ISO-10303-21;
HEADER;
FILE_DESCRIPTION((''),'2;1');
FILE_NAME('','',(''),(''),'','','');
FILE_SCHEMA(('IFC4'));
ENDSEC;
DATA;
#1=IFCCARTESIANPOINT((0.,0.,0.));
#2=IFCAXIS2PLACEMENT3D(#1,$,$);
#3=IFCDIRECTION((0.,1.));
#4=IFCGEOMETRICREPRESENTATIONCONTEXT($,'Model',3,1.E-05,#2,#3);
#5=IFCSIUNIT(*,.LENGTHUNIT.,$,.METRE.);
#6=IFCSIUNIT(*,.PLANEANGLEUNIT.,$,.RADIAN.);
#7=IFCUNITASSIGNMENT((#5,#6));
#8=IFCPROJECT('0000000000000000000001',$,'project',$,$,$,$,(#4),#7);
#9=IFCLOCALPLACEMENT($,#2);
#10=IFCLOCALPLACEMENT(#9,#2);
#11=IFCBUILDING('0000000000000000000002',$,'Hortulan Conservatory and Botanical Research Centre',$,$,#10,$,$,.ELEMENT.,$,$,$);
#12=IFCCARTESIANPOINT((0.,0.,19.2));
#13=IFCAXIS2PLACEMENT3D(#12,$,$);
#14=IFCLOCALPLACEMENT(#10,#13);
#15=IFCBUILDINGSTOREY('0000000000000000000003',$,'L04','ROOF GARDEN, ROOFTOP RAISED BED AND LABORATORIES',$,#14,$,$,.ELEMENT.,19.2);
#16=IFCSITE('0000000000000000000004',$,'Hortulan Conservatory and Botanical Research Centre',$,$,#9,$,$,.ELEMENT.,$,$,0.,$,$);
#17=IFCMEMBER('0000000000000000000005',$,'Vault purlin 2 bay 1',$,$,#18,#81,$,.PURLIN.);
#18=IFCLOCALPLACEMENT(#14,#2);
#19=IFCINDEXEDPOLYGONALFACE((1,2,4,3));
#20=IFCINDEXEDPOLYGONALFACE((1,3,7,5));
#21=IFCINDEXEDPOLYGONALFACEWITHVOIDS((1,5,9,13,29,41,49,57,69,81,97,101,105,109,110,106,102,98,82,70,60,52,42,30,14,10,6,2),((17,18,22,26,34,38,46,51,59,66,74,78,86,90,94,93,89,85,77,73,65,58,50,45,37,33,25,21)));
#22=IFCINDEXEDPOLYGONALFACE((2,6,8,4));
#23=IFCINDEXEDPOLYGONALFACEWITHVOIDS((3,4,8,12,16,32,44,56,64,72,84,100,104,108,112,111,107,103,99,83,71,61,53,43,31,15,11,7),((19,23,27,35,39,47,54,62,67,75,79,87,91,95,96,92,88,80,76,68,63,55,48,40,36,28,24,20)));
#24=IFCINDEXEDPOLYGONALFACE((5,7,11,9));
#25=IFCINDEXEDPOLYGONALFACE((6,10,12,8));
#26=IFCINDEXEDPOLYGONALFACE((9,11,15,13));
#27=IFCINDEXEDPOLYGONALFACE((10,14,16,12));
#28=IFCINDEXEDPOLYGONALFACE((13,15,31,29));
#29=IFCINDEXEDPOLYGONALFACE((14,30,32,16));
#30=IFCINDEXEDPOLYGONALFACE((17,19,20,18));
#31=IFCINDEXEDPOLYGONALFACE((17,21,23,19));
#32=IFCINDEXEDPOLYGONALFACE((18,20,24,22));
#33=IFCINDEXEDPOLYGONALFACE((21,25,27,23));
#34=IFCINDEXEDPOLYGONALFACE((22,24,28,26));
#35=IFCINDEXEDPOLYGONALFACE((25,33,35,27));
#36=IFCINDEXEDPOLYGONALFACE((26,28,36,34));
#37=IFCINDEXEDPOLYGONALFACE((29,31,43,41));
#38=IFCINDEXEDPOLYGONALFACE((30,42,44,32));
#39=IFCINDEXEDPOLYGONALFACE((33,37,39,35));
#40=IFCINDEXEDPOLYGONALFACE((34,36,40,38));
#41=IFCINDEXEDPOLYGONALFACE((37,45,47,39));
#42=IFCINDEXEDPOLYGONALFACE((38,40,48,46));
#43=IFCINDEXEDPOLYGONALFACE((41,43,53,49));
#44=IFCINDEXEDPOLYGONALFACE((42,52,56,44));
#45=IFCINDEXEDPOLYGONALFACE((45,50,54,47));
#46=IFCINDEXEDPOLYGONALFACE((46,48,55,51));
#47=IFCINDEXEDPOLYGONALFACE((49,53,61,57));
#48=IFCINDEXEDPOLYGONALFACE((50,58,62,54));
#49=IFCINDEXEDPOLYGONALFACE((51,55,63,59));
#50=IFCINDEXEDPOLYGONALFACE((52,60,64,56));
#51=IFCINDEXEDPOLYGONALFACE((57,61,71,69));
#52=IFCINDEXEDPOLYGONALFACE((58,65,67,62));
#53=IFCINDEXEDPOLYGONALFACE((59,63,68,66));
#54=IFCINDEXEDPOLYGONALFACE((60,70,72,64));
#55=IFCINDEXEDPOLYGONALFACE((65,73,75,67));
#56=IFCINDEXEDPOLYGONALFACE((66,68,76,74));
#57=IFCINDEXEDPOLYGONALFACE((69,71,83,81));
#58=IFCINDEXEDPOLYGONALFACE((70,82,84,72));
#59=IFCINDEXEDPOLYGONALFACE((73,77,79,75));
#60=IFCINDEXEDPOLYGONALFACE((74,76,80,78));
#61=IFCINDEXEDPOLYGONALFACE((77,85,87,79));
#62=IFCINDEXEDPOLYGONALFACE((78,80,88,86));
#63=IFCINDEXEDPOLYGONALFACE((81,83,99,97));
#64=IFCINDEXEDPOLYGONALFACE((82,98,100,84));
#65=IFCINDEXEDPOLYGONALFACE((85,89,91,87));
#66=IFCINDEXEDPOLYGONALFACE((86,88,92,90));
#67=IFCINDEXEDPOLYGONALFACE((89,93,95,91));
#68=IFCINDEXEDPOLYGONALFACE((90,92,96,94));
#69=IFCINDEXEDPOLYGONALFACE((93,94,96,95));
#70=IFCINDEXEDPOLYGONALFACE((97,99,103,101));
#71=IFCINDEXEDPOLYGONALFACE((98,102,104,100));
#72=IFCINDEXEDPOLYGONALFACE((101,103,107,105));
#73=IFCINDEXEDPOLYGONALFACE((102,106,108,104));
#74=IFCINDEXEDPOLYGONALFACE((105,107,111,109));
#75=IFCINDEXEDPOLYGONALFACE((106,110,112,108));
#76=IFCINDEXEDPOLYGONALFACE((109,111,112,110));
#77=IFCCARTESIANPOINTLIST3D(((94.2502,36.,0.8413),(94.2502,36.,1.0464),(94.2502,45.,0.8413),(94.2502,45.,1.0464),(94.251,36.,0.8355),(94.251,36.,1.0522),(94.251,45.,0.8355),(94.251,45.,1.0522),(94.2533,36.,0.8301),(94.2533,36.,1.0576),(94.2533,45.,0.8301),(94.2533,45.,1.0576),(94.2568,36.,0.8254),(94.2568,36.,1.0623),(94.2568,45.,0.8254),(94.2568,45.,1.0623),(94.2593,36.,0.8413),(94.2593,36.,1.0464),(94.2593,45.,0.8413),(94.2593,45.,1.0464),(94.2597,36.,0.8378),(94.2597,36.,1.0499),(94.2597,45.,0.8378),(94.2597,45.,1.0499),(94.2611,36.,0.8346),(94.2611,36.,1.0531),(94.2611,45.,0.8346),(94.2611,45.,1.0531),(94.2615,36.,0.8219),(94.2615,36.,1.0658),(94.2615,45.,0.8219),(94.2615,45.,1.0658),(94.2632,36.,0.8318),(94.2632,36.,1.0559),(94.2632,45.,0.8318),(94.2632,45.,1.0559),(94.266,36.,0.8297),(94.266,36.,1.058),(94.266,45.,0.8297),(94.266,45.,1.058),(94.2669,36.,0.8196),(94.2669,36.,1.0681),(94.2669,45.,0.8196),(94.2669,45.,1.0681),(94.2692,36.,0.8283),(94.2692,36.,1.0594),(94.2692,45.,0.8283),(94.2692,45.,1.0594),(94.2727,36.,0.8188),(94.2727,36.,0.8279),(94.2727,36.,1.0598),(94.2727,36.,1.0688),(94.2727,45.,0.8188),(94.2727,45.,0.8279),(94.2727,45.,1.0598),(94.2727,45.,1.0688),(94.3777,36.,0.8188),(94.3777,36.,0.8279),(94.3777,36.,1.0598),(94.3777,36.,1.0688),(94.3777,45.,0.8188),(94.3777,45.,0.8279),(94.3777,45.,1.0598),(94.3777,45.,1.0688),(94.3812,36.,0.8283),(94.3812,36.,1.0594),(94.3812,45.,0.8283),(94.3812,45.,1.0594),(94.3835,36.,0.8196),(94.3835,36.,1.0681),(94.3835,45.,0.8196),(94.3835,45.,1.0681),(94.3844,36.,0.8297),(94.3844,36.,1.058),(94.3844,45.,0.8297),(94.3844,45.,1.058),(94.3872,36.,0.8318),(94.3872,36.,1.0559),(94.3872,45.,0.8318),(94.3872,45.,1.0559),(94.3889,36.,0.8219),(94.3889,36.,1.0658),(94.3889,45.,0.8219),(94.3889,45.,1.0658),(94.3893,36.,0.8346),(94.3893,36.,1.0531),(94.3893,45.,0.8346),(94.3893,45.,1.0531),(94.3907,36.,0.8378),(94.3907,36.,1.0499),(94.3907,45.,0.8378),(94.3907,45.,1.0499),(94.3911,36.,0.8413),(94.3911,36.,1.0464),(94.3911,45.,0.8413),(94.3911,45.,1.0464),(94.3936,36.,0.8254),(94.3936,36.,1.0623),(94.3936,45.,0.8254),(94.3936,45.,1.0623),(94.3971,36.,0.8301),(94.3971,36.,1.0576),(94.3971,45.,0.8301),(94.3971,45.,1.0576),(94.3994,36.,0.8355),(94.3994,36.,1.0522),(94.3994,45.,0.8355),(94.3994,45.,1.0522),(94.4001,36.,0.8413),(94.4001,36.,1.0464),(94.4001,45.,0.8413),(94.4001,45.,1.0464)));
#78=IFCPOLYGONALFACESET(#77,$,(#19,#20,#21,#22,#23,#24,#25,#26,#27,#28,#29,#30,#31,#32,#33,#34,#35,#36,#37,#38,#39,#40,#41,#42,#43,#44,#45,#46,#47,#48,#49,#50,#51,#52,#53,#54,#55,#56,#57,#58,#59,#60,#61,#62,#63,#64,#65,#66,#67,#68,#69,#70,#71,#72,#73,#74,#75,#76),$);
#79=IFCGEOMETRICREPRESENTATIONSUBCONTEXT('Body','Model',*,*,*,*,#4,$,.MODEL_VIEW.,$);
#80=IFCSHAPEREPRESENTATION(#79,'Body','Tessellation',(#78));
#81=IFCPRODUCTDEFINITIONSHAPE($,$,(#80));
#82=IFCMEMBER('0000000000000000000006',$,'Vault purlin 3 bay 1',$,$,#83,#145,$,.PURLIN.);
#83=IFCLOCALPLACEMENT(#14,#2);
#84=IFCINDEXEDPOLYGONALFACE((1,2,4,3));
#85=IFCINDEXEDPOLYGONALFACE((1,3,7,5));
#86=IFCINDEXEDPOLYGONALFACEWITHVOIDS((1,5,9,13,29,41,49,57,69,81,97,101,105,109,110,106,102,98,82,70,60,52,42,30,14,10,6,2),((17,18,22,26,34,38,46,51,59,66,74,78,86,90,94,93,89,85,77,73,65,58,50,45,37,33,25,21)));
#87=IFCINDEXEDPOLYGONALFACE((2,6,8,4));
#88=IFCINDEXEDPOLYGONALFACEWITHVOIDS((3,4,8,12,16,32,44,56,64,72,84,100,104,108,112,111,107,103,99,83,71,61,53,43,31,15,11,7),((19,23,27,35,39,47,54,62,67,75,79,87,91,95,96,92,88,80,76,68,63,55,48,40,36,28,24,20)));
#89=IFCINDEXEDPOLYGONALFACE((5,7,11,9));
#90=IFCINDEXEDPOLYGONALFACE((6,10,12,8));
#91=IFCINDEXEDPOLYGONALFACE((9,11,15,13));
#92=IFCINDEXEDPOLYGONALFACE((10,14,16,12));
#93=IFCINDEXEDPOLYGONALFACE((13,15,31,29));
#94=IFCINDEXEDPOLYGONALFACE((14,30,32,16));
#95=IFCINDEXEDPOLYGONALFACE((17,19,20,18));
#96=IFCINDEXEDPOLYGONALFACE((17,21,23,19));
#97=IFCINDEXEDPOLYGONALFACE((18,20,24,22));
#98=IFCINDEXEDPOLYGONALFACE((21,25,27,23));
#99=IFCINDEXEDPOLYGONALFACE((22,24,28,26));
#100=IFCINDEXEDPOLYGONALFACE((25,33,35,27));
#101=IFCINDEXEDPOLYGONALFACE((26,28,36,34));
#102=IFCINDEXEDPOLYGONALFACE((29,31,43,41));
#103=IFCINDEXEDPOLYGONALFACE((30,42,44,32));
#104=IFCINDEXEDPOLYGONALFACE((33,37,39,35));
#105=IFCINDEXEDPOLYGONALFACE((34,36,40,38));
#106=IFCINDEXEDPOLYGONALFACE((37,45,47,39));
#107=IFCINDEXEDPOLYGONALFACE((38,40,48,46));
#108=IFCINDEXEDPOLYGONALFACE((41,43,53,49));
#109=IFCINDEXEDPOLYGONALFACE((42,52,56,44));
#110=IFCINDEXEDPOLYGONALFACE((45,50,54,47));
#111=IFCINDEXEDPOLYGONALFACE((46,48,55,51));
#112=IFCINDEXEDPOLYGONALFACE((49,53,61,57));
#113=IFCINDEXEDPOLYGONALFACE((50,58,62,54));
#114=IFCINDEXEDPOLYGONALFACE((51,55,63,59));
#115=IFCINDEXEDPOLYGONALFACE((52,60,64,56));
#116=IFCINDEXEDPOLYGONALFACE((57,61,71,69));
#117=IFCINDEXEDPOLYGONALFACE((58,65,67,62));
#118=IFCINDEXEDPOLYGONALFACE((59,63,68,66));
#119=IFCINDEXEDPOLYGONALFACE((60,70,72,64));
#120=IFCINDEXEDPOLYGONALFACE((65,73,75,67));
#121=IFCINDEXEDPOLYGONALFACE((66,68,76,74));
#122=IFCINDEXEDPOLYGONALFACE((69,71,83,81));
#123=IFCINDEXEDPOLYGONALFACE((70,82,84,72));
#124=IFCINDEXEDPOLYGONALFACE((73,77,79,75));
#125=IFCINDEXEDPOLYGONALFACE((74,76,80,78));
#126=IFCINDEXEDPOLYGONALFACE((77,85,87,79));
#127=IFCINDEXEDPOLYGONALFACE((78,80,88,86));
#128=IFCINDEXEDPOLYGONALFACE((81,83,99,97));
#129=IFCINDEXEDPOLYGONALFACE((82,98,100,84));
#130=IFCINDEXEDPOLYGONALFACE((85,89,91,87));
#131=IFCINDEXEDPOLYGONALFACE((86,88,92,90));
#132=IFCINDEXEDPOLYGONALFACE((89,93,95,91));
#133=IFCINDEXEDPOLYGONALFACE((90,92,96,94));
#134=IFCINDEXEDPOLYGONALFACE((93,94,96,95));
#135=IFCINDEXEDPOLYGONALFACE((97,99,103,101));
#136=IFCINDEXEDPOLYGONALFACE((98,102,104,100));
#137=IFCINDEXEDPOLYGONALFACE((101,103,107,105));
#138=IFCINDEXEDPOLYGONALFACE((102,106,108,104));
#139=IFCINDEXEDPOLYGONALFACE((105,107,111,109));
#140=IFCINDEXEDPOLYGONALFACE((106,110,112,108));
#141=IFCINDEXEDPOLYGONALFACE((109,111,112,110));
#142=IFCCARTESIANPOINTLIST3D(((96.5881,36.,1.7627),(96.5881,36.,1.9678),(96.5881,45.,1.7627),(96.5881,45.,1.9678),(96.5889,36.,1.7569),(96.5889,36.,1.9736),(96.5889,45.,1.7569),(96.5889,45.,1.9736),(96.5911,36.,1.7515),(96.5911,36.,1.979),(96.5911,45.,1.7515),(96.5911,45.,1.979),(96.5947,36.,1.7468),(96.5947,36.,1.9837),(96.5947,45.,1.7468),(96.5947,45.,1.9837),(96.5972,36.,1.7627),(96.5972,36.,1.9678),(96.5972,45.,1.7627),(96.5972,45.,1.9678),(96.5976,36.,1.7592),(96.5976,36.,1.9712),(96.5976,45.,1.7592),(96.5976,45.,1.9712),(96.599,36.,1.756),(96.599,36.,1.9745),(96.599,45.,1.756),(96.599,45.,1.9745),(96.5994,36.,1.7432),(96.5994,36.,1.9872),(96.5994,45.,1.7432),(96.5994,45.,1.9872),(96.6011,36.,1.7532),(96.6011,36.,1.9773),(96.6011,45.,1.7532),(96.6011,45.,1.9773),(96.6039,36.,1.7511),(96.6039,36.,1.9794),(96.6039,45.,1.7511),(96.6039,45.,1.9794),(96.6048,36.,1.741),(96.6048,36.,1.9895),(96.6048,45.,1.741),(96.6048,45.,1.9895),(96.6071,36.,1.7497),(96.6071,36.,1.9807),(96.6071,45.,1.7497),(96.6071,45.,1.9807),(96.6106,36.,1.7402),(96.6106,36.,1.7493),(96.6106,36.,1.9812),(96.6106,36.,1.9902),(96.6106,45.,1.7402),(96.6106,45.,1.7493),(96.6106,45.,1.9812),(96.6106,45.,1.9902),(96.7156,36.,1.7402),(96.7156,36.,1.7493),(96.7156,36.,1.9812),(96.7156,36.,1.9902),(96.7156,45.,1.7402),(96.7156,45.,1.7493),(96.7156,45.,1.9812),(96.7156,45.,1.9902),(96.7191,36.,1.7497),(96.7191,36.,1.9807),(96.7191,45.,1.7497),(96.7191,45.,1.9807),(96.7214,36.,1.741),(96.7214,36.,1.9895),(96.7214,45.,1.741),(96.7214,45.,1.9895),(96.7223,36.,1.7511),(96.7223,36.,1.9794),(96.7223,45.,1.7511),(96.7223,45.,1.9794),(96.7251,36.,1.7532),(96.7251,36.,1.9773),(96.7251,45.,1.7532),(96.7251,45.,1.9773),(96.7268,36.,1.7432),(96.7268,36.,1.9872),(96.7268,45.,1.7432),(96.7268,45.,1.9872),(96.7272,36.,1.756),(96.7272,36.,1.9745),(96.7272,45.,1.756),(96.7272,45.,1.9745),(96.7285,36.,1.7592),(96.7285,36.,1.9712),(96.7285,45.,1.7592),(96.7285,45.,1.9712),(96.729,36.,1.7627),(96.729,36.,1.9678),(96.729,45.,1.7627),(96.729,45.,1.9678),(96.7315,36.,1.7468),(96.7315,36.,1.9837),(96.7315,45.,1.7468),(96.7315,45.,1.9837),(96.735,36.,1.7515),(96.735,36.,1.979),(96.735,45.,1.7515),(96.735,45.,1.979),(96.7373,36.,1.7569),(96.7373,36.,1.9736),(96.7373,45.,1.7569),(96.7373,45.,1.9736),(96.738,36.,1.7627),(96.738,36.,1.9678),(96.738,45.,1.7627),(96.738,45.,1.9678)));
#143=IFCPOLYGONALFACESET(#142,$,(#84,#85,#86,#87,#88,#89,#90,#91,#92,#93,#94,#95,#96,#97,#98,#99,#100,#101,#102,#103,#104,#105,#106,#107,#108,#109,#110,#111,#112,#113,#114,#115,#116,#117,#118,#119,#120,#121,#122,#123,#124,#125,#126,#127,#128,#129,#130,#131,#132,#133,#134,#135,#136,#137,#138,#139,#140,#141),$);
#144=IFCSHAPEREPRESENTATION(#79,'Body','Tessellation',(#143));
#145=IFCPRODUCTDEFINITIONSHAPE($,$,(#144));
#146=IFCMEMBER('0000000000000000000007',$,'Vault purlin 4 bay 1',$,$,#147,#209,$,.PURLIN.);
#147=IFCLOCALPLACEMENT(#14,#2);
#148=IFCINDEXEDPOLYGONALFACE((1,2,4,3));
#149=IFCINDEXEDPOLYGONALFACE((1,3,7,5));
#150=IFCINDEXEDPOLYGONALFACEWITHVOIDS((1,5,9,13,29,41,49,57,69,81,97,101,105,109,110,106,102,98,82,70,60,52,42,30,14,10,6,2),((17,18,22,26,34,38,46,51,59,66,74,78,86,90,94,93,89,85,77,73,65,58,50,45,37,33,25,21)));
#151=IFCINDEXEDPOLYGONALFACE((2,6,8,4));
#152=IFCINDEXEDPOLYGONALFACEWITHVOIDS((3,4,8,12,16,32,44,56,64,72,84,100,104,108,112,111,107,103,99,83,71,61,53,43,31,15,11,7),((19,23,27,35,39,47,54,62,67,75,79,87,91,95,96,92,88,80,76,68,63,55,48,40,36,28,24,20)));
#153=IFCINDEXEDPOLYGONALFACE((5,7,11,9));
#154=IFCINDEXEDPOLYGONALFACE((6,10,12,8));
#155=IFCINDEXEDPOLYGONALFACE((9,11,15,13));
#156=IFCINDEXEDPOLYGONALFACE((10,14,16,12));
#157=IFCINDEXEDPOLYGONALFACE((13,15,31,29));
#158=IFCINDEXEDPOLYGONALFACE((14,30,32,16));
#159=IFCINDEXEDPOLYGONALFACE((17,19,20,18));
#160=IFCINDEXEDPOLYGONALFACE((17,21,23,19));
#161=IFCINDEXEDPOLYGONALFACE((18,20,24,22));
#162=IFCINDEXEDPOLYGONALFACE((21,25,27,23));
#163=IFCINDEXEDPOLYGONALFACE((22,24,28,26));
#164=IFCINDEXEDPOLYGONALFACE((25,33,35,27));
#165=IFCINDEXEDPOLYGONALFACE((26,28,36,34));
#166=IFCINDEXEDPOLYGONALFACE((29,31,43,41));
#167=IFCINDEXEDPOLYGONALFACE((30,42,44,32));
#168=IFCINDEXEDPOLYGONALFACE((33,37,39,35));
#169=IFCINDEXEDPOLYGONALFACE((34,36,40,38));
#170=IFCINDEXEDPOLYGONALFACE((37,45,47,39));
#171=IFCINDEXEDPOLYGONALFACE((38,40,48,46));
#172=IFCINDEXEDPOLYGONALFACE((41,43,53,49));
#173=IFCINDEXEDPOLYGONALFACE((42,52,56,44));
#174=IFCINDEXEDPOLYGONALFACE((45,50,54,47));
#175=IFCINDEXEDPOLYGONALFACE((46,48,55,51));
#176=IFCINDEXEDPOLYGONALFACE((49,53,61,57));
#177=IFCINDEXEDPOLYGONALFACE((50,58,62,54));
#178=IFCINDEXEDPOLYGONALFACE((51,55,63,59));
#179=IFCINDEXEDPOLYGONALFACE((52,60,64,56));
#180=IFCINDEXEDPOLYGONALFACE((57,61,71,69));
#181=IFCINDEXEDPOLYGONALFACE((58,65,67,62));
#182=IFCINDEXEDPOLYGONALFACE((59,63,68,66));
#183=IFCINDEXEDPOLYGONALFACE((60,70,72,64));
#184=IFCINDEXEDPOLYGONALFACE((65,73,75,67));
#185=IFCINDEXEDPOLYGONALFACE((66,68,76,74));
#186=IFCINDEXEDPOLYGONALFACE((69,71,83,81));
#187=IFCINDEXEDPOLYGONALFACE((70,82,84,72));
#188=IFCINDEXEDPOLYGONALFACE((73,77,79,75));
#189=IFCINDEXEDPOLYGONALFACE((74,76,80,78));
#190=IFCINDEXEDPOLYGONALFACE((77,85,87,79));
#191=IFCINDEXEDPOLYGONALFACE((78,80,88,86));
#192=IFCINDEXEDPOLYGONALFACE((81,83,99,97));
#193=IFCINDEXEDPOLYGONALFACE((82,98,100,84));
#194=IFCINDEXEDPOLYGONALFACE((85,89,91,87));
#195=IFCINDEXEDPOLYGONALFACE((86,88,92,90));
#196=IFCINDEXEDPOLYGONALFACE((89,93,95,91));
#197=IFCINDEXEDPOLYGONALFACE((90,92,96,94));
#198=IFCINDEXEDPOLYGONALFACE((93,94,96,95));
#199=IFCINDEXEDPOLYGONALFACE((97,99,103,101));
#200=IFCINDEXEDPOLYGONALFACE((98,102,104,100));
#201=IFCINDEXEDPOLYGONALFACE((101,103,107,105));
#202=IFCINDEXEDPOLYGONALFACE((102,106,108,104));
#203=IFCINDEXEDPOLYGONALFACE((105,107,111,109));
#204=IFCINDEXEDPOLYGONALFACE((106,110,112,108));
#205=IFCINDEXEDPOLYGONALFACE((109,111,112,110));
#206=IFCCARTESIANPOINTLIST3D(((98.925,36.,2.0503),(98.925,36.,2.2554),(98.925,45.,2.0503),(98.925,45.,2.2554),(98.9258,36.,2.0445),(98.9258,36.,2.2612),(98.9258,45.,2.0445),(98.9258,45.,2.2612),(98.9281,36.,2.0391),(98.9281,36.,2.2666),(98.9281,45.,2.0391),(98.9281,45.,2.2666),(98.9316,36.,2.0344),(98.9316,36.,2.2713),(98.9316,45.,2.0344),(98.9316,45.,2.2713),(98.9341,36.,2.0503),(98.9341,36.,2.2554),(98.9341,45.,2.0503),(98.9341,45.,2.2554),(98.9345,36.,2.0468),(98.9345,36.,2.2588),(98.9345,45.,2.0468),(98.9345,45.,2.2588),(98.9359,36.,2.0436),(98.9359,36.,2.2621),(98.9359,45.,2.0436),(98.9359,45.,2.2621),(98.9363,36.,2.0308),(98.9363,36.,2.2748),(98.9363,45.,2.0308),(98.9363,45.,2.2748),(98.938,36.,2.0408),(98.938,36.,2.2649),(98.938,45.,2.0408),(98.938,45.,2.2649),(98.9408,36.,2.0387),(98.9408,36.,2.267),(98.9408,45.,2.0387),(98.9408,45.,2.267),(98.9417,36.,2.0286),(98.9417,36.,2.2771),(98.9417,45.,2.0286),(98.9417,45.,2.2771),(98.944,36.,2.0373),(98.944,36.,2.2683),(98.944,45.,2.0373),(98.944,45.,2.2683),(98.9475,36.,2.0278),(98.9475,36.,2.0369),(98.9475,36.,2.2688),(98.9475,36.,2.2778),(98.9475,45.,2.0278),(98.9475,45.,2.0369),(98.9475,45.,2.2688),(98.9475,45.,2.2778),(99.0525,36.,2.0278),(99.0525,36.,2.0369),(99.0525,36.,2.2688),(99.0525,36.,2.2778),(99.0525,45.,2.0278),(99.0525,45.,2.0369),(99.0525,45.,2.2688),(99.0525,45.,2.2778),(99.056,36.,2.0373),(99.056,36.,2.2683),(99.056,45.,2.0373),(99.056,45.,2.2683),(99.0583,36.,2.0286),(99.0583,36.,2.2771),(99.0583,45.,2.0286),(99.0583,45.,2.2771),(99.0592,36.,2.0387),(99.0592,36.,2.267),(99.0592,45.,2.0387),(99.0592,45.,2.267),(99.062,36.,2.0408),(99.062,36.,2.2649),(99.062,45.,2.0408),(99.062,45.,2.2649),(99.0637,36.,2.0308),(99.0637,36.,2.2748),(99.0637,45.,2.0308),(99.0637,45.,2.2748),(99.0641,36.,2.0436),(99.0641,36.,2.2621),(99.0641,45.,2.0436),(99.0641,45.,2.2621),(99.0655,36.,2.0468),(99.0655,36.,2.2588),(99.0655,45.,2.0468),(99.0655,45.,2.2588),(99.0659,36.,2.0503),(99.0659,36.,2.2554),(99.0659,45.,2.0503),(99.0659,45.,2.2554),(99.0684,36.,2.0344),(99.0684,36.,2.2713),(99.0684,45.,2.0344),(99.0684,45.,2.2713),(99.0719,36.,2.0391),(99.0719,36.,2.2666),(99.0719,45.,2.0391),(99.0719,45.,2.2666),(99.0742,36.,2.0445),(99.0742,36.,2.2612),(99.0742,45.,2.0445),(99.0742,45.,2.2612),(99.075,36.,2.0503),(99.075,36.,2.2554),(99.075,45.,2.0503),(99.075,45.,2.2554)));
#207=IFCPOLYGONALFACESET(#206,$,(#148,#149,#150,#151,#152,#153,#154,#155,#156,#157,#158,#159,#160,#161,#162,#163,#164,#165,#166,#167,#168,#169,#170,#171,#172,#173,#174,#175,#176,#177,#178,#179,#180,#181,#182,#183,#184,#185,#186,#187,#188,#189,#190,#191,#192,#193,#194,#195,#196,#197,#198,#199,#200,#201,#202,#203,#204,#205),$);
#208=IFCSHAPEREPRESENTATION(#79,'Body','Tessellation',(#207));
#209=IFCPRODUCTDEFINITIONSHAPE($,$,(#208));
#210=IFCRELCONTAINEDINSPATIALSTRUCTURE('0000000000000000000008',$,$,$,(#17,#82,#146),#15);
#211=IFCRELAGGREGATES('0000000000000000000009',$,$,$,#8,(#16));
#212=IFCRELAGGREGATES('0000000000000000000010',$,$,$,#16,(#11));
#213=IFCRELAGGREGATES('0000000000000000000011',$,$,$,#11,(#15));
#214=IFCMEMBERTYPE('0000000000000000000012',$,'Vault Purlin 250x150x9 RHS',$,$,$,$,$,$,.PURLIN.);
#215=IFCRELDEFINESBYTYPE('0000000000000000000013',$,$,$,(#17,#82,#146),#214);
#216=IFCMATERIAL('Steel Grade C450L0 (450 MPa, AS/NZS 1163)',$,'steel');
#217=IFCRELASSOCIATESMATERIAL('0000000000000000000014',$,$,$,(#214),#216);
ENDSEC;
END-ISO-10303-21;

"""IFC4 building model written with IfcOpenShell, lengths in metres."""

from ifc_helpers import new_model, si_unit, direction, frame, origin, origin_2d, place, context, subcontext, project, spatial, hollow_rectangle, extrude, material, material_profile, profile_set, type_object, element, save


model = new_model("IFC4")

# Units and contexts
model_context = context("Model", 3, precision=1e-05, world=origin(), true_north=direction((0.0, 1.0)))
body_context = subcontext(model_context, "Body", "Model", "MODEL_VIEW")
ifc_project = project(units=[si_unit("LENGTHUNIT", "METRE"), si_unit("PLANEANGLEUNIT", "RADIAN")], contexts=[model_context])

# Site, building, storey
site_placement = place(None, origin())
site = spatial("IfcSite", under=ifc_project, at=site_placement, Name="Hortulan Conservatory and Botanical Research Centre", CompositionType="ELEMENT", RefElevation=0.0)
building_placement = place(site_placement, origin())
building = spatial("IfcBuilding", under=site, at=building_placement, Name="Hortulan Conservatory and Botanical Research Centre", CompositionType="ELEMENT")
storey_placement = place(building_placement, frame((0.0, 0.0, 19.2)))
storey = spatial("IfcBuildingStorey", under=building, at=storey_placement, Name="L04", Description="ROOF GARDEN, ROOFTOP RAISED BED AND LABORATORIES", CompositionType="ELEMENT", Elevation=19.2)

# Members
ifc_material_1 = material(Name="Steel Grade C450L0 (450 MPa, AS/NZS 1163)", Category="steel")
ifc_material_profile_1 = material_profile(ifc_material_1, hollow_rectangle(XDim=0.1499, YDim=0.25, WallThickness=0.009, InnerFilletRadius=0.0134, OuterFilletRadius=0.0225, at=origin_2d()), Name="250x150x9RHS")
ifc_profile_set_1 = profile_set([ifc_material_profile_1], Name="Steel Grade C450L0 (450 MPa, AS/NZS 1163)")
member_type_1 = type_object("IfcMemberType", Name="Vault Purlin 250x150x9 RHS", PredefinedType="PURLIN", material=ifc_profile_set_1)
for number, where, z_axis, x_axis, name in (
    (1, (94.3252, 36.0, 0.9438), (0.0, 1.0, 0.0), (-1.0, 0.0, 0.0), "Vault purlin 2 bay 1"),
    (2, (96.6631, 36.0, 1.8652), (0.0, 1.0, 0.0), (-1.0, 0.0, 0.0), "Vault purlin 3 bay 1"),
    (3, (99.0, 36.0, 2.1528), (0.0, 1.0, 0.0), (-1.0, 0.0, 0.0), "Vault purlin 4 bay 1"),
):
    element("IfcMember", number, at=place(storey_placement, frame(where, z_axis=z_axis, x_axis=x_axis)), inside=storey, type_object=member_type_1, Name=name, PredefinedType="PURLIN", context=body_context, shape_type="SweptSolid", body=[
        extrude(hollow_rectangle(XDim=0.1499, YDim=0.25, WallThickness=0.009, InnerFilletRadius=0.0134, OuterFilletRadius=0.0225, at=origin_2d()), origin(), (0.0, 0.0, 1.0), 9.0),
    ])

save(model, "model.ifc")
